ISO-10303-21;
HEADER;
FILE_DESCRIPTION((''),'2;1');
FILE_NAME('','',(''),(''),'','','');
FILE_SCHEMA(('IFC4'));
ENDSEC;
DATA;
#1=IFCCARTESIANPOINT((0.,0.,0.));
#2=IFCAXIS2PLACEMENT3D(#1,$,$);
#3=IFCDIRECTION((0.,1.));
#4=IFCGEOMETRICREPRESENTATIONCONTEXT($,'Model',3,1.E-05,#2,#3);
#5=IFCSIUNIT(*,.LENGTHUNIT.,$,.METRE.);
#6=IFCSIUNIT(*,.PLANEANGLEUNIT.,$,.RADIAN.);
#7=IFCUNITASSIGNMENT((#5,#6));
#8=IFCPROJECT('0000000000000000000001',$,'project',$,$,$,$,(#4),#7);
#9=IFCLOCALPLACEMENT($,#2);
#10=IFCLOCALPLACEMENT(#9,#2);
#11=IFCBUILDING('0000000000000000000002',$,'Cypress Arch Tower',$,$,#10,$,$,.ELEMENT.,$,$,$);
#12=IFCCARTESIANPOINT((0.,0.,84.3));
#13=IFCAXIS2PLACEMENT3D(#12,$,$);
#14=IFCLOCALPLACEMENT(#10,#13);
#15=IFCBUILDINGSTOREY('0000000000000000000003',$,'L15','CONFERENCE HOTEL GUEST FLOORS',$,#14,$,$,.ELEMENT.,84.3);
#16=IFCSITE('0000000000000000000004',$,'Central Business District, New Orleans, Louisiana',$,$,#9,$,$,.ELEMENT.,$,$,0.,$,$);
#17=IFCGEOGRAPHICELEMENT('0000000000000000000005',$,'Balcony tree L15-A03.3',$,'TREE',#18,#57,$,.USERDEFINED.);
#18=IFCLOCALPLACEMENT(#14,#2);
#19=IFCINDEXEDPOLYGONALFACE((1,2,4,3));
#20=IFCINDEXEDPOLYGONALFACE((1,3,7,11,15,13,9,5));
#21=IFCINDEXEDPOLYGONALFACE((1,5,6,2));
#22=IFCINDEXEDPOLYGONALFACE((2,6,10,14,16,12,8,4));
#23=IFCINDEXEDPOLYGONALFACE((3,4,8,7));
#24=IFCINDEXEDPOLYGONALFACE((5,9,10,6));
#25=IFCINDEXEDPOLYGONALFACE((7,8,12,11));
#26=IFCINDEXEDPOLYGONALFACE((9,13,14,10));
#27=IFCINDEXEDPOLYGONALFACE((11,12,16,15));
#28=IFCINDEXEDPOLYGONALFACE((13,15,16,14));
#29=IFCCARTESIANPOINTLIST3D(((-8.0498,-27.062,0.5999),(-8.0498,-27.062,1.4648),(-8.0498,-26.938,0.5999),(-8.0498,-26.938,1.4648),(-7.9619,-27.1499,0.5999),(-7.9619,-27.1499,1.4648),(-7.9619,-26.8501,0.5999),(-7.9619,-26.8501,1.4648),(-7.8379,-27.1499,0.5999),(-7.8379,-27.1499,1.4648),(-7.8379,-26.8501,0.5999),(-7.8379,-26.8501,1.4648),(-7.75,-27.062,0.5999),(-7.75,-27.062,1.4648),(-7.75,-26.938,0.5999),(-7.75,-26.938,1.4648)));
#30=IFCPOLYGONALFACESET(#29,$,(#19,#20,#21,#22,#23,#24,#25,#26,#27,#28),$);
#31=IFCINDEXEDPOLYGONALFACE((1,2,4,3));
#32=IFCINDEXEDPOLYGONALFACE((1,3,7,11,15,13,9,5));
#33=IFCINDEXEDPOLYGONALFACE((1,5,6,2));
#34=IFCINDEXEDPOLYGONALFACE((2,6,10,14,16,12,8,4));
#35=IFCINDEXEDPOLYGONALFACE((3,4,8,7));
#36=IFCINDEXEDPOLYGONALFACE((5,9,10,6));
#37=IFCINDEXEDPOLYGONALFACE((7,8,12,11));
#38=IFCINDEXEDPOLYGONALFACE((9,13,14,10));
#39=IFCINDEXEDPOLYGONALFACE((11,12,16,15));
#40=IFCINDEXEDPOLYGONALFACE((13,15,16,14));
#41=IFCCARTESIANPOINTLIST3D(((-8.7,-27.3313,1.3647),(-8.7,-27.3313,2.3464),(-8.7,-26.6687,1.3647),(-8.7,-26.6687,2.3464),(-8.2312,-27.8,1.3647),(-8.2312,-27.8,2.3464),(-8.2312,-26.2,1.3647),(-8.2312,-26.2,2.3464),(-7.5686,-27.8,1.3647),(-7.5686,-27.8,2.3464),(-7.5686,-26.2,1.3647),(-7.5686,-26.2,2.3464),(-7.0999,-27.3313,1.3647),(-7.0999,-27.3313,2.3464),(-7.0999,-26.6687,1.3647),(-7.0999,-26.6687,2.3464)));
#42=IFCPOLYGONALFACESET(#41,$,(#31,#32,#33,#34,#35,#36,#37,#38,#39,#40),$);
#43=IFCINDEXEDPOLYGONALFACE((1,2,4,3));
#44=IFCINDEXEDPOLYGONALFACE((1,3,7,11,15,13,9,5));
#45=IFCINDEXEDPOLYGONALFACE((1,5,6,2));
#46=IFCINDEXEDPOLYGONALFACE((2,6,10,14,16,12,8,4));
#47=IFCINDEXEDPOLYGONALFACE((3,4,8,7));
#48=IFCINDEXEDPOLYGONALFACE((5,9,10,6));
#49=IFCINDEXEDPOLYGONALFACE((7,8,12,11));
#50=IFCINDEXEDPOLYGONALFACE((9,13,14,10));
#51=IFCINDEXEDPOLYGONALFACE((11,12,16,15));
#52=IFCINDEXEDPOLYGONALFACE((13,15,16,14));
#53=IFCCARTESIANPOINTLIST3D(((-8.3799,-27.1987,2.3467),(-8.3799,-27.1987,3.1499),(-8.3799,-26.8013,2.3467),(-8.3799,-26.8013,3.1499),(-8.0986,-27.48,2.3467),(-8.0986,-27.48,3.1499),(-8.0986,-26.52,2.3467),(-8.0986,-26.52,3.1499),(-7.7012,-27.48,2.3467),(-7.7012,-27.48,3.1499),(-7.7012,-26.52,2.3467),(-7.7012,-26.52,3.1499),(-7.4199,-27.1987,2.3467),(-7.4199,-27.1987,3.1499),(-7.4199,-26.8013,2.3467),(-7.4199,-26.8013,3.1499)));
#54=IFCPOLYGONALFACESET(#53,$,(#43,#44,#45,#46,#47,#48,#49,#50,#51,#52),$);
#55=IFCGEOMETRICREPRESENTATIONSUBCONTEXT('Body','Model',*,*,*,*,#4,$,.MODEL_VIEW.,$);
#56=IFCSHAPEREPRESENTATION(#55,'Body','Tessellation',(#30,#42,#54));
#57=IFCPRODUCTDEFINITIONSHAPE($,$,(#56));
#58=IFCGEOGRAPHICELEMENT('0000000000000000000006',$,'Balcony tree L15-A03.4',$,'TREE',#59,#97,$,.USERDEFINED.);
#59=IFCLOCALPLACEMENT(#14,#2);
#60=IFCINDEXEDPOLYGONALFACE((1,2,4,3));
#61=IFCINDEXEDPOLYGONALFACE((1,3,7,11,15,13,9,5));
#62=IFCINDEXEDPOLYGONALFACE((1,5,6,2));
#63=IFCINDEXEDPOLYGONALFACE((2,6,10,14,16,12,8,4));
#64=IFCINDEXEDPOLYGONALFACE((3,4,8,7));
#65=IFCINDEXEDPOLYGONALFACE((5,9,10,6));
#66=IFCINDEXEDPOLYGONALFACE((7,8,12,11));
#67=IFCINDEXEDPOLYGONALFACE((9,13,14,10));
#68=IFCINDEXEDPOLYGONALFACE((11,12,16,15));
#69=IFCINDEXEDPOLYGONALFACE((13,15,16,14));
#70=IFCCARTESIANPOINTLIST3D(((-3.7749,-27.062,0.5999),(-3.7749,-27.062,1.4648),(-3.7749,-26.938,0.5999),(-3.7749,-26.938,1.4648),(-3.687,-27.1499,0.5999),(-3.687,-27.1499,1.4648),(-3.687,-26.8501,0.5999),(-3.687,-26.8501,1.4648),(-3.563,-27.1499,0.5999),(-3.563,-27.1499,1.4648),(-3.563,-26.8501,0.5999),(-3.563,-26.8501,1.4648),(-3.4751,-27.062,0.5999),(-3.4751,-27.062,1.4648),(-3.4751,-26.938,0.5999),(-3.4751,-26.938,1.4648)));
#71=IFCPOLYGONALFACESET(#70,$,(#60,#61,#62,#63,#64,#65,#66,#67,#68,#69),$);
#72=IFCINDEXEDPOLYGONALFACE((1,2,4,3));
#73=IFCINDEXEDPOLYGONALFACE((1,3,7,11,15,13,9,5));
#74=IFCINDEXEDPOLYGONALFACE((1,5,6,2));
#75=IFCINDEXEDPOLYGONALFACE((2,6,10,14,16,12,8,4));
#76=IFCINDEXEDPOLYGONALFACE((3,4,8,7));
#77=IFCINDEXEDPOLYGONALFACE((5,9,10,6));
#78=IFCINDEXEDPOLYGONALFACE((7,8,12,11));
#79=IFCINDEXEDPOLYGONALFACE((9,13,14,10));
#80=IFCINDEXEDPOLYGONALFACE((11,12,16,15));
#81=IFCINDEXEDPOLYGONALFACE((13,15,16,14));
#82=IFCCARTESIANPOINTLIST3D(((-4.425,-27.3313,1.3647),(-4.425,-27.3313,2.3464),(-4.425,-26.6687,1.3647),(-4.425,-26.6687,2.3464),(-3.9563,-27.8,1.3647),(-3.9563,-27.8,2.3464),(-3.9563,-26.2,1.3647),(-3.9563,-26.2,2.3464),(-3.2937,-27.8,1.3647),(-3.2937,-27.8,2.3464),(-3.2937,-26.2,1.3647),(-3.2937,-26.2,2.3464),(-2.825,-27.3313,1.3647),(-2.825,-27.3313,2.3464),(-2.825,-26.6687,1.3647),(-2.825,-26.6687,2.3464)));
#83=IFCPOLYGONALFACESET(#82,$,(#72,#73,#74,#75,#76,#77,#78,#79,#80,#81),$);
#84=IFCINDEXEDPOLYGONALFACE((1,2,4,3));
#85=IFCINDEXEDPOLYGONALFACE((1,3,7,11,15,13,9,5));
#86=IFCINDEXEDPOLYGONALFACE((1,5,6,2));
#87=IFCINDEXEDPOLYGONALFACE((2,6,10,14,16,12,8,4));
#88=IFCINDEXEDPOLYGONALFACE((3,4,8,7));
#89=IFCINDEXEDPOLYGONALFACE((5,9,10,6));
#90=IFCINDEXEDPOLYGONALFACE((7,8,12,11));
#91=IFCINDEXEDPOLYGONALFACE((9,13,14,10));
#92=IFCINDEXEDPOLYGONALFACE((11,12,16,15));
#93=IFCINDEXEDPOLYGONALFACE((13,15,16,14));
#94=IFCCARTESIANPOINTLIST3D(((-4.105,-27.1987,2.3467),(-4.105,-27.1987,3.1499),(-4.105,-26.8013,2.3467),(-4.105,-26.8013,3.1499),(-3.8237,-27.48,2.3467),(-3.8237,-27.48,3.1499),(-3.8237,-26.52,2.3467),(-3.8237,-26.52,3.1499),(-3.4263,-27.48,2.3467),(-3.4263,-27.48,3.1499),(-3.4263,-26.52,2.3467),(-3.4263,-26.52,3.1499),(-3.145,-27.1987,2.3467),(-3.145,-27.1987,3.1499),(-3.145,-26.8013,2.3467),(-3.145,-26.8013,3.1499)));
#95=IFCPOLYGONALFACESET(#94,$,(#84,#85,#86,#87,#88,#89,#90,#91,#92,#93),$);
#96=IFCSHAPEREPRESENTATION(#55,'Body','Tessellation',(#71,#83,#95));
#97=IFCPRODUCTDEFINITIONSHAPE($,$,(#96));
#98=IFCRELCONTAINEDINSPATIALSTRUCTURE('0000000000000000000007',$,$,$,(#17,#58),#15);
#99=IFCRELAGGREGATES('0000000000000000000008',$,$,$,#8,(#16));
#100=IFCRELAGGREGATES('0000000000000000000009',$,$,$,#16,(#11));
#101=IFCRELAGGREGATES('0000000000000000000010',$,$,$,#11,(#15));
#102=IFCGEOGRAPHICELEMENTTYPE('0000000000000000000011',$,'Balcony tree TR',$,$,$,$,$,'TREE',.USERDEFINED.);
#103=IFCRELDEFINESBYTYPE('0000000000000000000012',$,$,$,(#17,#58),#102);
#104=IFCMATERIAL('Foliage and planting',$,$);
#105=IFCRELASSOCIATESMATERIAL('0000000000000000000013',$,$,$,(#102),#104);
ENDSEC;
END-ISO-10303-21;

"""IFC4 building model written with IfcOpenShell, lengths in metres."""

from ifc_helpers import new_model, si_unit, direction, frame, origin, place, context, subcontext, project, spatial, polyline, outline, extrude, material, type_object, element, save


model = new_model("IFC4")

# Units and contexts
model_context = context("Model", 3, precision=1e-05, world=origin(), true_north=direction((0.0, 1.0)))
body_context = subcontext(model_context, "Body", "Model", "MODEL_VIEW")
ifc_project = project(units=[si_unit("LENGTHUNIT", "METRE"), si_unit("PLANEANGLEUNIT", "RADIAN")], contexts=[model_context])

# Site, building, storey
site_placement = place(None, origin())
site = spatial("IfcSite", under=ifc_project, at=site_placement, Name="Central Business District, New Orleans, Louisiana", CompositionType="ELEMENT", RefElevation=0.0)
building_placement = place(site_placement, origin())
building = spatial("IfcBuilding", under=site, at=building_placement, Name="Cypress Arch Tower", CompositionType="ELEMENT")
storey_placement = place(building_placement, frame((0.0, 0.0, 84.3)))
storey = spatial("IfcBuildingStorey", under=building, at=storey_placement, Name="L15", Description="CONFERENCE HOTEL GUEST FLOORS", CompositionType="ELEMENT", Elevation=84.3)

# Geographic elements
ifc_material_1 = material(Name="Foliage and planting")
geographic_element_type = type_object("IfcGeographicElementType", Name="Balcony tree TR", ElementType="TREE", PredefinedType="USERDEFINED", material=ifc_material_1)
for number, where, z_axis, x_axis, name in (
    (1, (-7.8999, -27.0, 0.5999), (0.0, 0.0, 1.0), (1.0, 0.0, 0.0), "Balcony tree L15-A03.3"),
    (2, (-3.625, -27.0, 0.5999), (0.0, 0.0, 1.0), (1.0, 0.0, 0.0), "Balcony tree L15-A03.4"),
):
    element("IfcGeographicElement", number, at=place(storey_placement, frame(where, z_axis=z_axis, x_axis=x_axis)), inside=storey, type_object=geographic_element_type, Name=name, ObjectType="TREE", PredefinedType="USERDEFINED", context=body_context, shape_type="SweptSolid", body=[
        extrude(outline(polyline([(0.1499, 0.062), (0.062, 0.1499), (-0.062, 0.1499), (-0.1499, 0.062), (-0.1499, -0.062), (-0.062, -0.1499), (0.062, -0.1499), (0.1499, -0.062), (0.1499, 0.062)])), origin(), (0.0, 0.0, 1.0), 0.865),
        extrude(outline(polyline([(0.8, 0.3313), (0.3313, 0.8), (-0.3313, 0.8), (-0.8, 0.3313), (-0.8, -0.3313), (-0.3313, -0.8), (0.3313, -0.8), (0.8, -0.3313), (0.8, 0.3313)])), frame((0.0, 0.0, 0.7649)), (0.0, 0.0, 1.0), 0.9817),
        extrude(outline(polyline([(0.48, 0.1987), (0.1987, 0.48), (-0.1987, 0.48), (-0.48, 0.1987), (-0.48, -0.1987), (-0.1987, -0.48), (0.1987, -0.48), (0.48, -0.1987), (0.48, 0.1987)])), frame((0.0, 0.0, 1.7468)), (0.0, 0.0, 1.0), 0.8032),
    ])

save(model, "model.ifc")
